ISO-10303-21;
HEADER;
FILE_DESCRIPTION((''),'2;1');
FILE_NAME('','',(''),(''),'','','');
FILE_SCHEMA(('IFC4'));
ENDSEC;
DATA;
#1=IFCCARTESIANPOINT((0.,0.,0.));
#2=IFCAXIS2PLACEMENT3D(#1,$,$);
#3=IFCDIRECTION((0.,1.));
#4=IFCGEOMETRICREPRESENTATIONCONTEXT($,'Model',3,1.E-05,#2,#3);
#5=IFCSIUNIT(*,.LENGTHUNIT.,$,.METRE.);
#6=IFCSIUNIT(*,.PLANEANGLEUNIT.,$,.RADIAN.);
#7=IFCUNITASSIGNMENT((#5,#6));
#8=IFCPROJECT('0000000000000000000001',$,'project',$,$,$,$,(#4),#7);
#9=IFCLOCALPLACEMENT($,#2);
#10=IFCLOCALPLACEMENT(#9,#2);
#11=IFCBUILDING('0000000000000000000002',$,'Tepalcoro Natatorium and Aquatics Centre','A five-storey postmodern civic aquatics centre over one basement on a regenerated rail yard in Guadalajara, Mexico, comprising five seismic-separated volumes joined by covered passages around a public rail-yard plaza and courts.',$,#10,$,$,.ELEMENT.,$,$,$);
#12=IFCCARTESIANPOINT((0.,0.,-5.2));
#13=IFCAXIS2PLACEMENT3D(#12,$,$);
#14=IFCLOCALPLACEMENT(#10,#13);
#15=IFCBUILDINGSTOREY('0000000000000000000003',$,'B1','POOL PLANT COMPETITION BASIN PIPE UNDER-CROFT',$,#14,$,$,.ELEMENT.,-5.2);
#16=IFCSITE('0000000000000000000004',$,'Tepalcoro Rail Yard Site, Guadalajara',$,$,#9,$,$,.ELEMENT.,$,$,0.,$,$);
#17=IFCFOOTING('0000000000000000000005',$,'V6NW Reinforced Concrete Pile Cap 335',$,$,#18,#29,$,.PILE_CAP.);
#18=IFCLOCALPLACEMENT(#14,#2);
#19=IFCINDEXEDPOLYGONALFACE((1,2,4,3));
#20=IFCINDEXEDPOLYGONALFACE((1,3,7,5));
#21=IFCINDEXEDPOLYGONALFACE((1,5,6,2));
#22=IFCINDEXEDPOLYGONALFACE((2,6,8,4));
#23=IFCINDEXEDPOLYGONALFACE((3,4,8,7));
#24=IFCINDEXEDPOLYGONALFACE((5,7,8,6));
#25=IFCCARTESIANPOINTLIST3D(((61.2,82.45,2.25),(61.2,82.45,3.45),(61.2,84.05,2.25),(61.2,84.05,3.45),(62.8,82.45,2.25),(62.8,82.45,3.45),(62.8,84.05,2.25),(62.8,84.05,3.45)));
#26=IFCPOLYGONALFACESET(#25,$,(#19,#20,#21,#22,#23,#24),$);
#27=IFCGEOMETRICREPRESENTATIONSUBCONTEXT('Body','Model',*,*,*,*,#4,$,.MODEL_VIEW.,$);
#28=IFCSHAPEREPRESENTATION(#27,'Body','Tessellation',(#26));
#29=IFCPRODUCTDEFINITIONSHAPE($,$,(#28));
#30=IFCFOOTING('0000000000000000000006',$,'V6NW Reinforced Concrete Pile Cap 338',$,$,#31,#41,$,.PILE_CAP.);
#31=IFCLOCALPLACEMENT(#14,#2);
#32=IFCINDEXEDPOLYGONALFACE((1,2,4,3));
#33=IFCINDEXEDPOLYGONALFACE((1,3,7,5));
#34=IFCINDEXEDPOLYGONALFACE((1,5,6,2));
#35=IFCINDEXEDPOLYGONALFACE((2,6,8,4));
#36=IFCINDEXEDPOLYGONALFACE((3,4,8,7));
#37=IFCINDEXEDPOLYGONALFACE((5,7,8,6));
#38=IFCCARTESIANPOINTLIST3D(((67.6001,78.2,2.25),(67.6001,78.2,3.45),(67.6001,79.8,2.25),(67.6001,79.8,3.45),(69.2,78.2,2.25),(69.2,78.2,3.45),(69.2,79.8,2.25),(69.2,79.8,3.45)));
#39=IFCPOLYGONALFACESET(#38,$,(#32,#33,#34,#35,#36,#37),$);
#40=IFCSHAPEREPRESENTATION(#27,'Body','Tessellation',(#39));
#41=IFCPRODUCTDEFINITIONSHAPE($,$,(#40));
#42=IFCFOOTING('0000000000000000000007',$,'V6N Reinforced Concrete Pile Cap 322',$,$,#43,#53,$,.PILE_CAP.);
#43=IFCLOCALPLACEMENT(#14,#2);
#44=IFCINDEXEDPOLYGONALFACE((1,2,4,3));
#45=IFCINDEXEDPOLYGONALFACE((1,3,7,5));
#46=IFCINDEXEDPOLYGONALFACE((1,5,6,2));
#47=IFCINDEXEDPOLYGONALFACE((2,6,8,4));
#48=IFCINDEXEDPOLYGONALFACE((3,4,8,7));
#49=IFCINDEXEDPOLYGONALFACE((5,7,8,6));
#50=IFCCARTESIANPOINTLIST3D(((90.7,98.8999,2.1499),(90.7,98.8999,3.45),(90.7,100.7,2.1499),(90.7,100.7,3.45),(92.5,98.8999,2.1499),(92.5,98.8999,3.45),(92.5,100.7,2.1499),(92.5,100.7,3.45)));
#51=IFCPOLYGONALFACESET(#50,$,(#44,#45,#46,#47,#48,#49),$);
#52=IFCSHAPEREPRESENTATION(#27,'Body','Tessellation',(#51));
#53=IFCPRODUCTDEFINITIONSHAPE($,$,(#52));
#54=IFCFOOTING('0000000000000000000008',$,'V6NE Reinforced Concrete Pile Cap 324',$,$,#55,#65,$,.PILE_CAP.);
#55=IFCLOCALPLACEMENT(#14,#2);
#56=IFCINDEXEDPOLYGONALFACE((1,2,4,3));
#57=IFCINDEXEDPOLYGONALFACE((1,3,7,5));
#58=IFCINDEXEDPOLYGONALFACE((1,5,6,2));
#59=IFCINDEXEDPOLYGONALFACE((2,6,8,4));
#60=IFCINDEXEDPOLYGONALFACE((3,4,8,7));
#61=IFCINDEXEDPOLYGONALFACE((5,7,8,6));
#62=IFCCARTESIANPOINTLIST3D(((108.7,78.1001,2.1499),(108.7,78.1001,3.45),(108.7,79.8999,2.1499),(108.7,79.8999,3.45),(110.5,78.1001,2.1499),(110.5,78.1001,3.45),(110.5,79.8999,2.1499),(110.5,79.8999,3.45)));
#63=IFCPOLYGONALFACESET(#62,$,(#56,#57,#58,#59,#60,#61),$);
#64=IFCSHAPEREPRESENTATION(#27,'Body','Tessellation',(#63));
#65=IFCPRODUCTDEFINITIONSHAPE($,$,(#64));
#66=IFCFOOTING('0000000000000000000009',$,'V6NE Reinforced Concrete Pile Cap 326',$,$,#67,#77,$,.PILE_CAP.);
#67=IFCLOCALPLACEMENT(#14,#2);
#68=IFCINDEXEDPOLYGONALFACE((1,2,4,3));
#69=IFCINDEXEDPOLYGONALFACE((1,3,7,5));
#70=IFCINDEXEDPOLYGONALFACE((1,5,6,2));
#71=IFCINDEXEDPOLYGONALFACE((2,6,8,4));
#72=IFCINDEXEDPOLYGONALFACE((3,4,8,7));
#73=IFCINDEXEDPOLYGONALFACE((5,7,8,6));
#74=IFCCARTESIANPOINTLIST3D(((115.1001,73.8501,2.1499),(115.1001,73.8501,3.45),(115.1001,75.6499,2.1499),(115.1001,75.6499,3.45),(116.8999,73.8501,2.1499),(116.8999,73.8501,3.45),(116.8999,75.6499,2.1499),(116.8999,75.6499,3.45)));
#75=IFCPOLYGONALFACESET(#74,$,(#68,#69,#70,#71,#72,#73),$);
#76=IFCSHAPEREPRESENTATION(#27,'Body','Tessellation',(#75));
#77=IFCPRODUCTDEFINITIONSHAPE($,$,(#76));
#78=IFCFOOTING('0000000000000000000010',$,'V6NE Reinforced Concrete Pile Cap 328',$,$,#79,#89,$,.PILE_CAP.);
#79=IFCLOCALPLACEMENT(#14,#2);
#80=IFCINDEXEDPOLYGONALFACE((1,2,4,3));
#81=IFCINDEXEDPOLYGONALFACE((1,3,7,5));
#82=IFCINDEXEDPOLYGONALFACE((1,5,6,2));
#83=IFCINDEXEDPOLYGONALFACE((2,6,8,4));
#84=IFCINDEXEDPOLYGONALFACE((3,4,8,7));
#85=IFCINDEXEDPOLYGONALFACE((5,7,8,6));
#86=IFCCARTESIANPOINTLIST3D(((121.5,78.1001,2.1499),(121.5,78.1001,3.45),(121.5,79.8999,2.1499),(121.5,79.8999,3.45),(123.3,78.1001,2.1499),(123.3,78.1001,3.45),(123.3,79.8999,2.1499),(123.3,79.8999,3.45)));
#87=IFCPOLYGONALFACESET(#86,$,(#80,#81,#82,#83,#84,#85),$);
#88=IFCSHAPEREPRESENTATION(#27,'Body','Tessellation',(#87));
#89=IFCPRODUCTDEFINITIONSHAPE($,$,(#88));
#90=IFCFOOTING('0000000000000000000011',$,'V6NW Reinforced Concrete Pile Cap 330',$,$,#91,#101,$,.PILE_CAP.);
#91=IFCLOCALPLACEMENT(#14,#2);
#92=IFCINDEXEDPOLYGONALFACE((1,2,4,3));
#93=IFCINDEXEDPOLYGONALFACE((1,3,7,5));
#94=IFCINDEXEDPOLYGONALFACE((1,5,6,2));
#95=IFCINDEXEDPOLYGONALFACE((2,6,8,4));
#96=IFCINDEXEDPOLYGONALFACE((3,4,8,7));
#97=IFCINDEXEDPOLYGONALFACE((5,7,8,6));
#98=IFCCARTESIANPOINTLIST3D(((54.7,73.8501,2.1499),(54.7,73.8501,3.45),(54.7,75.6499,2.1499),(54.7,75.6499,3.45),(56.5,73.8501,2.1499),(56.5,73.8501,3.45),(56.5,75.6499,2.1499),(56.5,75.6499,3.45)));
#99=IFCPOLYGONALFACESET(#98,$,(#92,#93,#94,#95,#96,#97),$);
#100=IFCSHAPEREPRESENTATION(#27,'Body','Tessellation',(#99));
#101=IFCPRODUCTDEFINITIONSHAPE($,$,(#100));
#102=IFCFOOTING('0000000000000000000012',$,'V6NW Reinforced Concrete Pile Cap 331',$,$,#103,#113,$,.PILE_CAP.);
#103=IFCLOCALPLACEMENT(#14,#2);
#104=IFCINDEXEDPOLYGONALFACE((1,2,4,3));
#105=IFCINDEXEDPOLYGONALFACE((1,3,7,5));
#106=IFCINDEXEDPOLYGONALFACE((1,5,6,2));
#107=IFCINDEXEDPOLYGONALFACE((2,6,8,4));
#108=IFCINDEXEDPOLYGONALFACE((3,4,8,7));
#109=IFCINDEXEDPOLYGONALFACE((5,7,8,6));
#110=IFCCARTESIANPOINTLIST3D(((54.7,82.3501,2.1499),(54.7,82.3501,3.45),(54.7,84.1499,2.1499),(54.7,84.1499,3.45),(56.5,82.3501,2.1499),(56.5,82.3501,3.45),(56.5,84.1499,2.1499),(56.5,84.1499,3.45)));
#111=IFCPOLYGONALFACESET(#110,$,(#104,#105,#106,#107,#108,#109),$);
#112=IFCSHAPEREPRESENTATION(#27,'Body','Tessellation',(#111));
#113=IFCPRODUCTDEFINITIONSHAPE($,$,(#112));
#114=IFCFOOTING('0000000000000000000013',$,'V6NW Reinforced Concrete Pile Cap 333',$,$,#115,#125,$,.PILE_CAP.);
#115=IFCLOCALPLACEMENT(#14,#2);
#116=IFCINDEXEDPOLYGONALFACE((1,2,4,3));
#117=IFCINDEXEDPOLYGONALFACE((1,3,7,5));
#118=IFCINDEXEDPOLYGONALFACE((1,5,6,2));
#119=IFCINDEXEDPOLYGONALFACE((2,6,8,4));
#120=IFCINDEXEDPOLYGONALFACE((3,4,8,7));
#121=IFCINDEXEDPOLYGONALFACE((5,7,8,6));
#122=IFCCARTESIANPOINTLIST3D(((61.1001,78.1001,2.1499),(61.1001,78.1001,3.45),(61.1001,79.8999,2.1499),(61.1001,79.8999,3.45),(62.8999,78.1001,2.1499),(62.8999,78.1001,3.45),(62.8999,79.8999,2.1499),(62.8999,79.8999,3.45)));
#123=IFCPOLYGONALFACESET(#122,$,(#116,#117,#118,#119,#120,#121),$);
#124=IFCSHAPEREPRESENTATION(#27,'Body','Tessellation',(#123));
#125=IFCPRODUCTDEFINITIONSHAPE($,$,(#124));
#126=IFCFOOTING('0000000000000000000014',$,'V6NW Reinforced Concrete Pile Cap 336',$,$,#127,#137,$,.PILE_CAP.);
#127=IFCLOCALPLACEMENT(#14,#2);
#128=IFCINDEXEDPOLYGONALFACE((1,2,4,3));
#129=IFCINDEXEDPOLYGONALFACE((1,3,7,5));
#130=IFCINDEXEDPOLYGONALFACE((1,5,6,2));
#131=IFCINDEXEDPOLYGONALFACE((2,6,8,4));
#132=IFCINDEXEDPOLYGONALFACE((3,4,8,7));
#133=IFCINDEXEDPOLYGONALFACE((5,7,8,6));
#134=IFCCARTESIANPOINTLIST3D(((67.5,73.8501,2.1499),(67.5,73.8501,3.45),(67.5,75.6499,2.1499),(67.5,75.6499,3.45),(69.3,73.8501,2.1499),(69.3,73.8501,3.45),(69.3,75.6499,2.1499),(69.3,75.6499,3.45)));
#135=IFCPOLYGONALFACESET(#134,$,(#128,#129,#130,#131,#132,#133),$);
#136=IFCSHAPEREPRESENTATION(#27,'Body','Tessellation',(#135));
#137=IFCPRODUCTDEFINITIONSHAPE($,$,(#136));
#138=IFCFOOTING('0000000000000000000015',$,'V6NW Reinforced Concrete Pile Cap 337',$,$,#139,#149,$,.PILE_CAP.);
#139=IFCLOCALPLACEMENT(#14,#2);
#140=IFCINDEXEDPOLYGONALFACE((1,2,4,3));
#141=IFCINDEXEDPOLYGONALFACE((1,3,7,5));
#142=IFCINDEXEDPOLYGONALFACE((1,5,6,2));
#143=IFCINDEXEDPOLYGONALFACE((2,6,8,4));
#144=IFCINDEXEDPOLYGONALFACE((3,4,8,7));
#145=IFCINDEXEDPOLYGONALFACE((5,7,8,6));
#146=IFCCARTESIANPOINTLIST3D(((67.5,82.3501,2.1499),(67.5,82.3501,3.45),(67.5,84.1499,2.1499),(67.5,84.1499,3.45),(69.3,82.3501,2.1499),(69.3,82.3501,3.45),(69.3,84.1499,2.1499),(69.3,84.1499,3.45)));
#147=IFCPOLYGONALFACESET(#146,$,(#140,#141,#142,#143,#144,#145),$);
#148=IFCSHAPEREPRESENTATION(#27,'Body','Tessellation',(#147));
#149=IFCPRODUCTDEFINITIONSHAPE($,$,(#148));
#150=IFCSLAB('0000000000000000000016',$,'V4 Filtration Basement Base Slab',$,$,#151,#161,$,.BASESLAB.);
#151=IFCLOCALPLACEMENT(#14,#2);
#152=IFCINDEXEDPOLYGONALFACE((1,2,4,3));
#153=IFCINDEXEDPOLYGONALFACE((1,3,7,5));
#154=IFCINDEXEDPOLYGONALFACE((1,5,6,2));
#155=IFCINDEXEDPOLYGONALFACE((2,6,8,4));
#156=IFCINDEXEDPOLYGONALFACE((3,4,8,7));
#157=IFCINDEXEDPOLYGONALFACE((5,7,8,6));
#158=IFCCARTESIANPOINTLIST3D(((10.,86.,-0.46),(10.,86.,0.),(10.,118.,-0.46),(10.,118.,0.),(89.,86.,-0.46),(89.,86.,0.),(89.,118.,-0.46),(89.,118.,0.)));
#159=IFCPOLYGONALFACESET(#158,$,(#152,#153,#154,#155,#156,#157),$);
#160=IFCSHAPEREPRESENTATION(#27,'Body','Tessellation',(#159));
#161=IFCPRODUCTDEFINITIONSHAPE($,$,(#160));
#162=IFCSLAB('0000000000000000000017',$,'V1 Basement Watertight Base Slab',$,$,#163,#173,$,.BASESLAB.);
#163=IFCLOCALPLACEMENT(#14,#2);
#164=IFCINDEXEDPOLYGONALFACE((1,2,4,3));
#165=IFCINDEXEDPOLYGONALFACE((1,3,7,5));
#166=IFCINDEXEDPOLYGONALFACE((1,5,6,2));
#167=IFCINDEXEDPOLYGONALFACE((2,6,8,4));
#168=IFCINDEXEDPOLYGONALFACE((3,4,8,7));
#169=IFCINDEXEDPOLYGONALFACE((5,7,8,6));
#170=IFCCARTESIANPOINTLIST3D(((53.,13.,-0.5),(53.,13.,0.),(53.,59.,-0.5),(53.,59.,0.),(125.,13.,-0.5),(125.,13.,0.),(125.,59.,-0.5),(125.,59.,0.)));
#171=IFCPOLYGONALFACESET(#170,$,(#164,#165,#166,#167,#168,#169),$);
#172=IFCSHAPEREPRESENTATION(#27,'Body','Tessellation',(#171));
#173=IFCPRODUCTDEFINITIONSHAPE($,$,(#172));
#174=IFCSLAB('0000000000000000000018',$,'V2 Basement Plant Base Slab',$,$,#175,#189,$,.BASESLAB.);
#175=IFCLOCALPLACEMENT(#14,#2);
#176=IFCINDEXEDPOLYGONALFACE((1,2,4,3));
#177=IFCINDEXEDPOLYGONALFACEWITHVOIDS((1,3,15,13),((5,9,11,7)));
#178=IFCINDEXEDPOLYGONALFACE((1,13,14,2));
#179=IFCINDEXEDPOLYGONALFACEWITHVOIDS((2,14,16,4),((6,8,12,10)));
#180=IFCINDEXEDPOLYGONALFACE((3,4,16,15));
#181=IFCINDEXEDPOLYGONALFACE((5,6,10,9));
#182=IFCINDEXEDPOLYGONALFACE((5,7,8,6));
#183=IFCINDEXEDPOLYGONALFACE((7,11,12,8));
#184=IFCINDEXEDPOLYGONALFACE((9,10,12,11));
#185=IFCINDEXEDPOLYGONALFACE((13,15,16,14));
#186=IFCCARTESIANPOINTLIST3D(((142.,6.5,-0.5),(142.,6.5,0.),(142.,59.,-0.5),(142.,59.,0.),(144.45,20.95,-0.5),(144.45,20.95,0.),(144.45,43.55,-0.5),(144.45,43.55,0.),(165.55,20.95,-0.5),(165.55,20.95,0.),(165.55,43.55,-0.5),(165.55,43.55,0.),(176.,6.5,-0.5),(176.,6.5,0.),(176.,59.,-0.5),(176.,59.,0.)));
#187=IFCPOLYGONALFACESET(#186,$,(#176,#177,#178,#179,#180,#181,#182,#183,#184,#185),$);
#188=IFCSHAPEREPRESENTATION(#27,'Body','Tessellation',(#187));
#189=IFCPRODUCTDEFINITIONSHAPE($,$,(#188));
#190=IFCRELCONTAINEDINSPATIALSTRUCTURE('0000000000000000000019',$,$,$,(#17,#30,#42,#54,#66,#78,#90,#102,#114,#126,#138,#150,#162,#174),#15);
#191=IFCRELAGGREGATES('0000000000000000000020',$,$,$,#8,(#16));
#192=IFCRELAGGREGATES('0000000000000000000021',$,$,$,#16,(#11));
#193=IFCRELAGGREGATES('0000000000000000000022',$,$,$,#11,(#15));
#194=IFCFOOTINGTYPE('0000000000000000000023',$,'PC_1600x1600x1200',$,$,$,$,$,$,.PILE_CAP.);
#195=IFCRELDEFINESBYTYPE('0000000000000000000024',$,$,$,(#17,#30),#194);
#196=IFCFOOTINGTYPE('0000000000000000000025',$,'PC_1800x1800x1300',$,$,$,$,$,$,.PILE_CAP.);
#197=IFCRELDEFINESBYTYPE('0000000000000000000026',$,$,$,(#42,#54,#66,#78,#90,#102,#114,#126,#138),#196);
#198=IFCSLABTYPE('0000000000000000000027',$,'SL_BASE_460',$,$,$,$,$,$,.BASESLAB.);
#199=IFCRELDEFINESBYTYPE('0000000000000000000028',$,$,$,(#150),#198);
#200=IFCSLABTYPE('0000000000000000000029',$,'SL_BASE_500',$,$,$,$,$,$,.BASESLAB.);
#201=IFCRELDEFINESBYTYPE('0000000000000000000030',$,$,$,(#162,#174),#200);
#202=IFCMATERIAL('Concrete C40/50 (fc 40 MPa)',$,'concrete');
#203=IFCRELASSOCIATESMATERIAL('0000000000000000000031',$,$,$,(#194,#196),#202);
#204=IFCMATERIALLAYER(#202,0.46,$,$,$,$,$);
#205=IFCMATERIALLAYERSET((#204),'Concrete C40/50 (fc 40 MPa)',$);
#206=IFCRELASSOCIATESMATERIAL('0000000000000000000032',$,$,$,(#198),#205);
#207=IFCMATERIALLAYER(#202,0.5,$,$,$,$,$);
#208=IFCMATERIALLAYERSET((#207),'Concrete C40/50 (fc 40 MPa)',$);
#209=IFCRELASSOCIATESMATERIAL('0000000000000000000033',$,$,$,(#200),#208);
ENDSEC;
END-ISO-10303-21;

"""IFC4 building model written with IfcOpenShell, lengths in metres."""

from ifc_helpers import new_model, si_unit, direction, frame, origin, place, context, subcontext, project, spatial, polyline, outline, extrude, material, layer, layer_set, type_object, element, save


model = new_model("IFC4")

# Units and contexts
model_context = context("Model", 3, precision=1e-05, world=origin(), true_north=direction((0.0, 1.0)))
body_context = subcontext(model_context, "Body", "Model", "MODEL_VIEW")
ifc_project = project(units=[si_unit("LENGTHUNIT", "METRE"), si_unit("PLANEANGLEUNIT", "RADIAN")], contexts=[model_context])

# Site, building, storey
site_placement = place(None, origin())
site = spatial("IfcSite", under=ifc_project, at=site_placement, Name="Tepalcoro Rail Yard Site, Guadalajara", CompositionType="ELEMENT", RefElevation=0.0)
building_placement = place(site_placement, origin())
building = spatial("IfcBuilding", under=site, at=building_placement, Name="Tepalcoro Natatorium and Aquatics Centre", Description="A five-storey postmodern civic aquatics centre over one basement on a regenerated rail yard in Guadalajara, Mexico, comprising five seismic-separated volumes joined by covered passages around a public rail-yard plaza and courts.", CompositionType="ELEMENT")
storey_placement = place(building_placement, frame((0.0, 0.0, -5.2)))
storey = spatial("IfcBuildingStorey", under=building, at=storey_placement, Name="B1", Description="POOL PLANT COMPETITION BASIN PIPE UNDER-CROFT", CompositionType="ELEMENT", Elevation=-5.2)

# Footings
ifc_material = material(Name="Concrete C40/50 (fc 40 MPa)", Category="concrete")
footing_type_1 = type_object("IfcFootingType", Name="PC_1600x1600x1200", PredefinedType="PILE_CAP", material=ifc_material)
footing_1_placement = place(storey_placement, frame((0.0, 0.0, 2.25)))
element("IfcFooting", 1, at=footing_1_placement, inside=storey, type_object=footing_type_1, Name="V6NW Reinforced Concrete Pile Cap 335", PredefinedType="PILE_CAP", context=body_context, shape_type="SweptSolid", body=[
    extrude(outline(polyline([(61.2, 82.45), (62.8, 82.45), (62.8, 84.05), (61.2, 84.05), (61.2, 82.45)])), origin(), (0.0, 0.0, 1.0), 1.2),
])
footing_2_placement = place(storey_placement, frame((0.0, 0.0, 2.25)))
element("IfcFooting", 2, at=footing_2_placement, inside=storey, type_object=footing_type_1, Name="V6NW Reinforced Concrete Pile Cap 338", PredefinedType="PILE_CAP", context=body_context, shape_type="SweptSolid", body=[
    extrude(outline(polyline([(67.6001, 78.2), (69.2, 78.2), (69.2, 79.8), (67.6001, 79.8), (67.6001, 78.2)])), origin(), (0.0, 0.0, 1.0), 1.2),
])
footing_type_2 = type_object("IfcFootingType", Name="PC_1800x1800x1300", PredefinedType="PILE_CAP", material=ifc_material)
footing_3_placement = place(storey_placement, frame((0.0, 0.0, 2.1499)))
element("IfcFooting", 3, at=footing_3_placement, inside=storey, type_object=footing_type_2, Name="V6N Reinforced Concrete Pile Cap 322", PredefinedType="PILE_CAP", context=body_context, shape_type="SweptSolid", body=[
    extrude(outline(polyline([(90.7, 98.8999), (92.5, 98.8999), (92.5, 100.7), (90.7, 100.7), (90.7, 98.8999)])), origin(), (0.0, 0.0, 1.0), 1.3),
])
footing_4_placement = place(storey_placement, frame((0.0, 0.0, 2.1499)))
element("IfcFooting", 4, at=footing_4_placement, inside=storey, type_object=footing_type_2, Name="V6NE Reinforced Concrete Pile Cap 324", PredefinedType="PILE_CAP", context=body_context, shape_type="SweptSolid", body=[
    extrude(outline(polyline([(108.7, 78.1001), (110.5, 78.1001), (110.5, 79.8999), (108.7, 79.8999), (108.7, 78.1001)])), origin(), (0.0, 0.0, 1.0), 1.3),
])
footing_5_placement = place(storey_placement, frame((0.0, 0.0, 2.1499)))
element("IfcFooting", 5, at=footing_5_placement, inside=storey, type_object=footing_type_2, Name="V6NE Reinforced Concrete Pile Cap 326", PredefinedType="PILE_CAP", context=body_context, shape_type="SweptSolid", body=[
    extrude(outline(polyline([(115.1001, 73.8501), (116.8999, 73.8501), (116.8999, 75.6499), (115.1001, 75.6499), (115.1001, 73.8501)])), origin(), (0.0, 0.0, 1.0), 1.3),
])
footing_6_placement = place(storey_placement, frame((0.0, 0.0, 2.1499)))
element("IfcFooting", 6, at=footing_6_placement, inside=storey, type_object=footing_type_2, Name="V6NE Reinforced Concrete Pile Cap 328", PredefinedType="PILE_CAP", context=body_context, shape_type="SweptSolid", body=[
    extrude(outline(polyline([(121.5, 78.1001), (123.3, 78.1001), (123.3, 79.8999), (121.5, 79.8999), (121.5, 78.1001)])), origin(), (0.0, 0.0, 1.0), 1.3),
])
footing_7_placement = place(storey_placement, frame((0.0, 0.0, 2.1499)))
element("IfcFooting", 7, at=footing_7_placement, inside=storey, type_object=footing_type_2, Name="V6NW Reinforced Concrete Pile Cap 330", PredefinedType="PILE_CAP", context=body_context, shape_type="SweptSolid", body=[
    extrude(outline(polyline([(54.7, 73.8501), (56.5, 73.8501), (56.5, 75.6499), (54.7, 75.6499), (54.7, 73.8501)])), origin(), (0.0, 0.0, 1.0), 1.3),
])
footing_8_placement = place(storey_placement, frame((0.0, 0.0, 2.1499)))
element("IfcFooting", 8, at=footing_8_placement, inside=storey, type_object=footing_type_2, Name="V6NW Reinforced Concrete Pile Cap 331", PredefinedType="PILE_CAP", context=body_context, shape_type="SweptSolid", body=[
    extrude(outline(polyline([(54.7, 82.3501), (56.5, 82.3501), (56.5, 84.1499), (54.7, 84.1499), (54.7, 82.3501)])), origin(), (0.0, 0.0, 1.0), 1.3),
])
footing_9_placement = place(storey_placement, frame((0.0, 0.0, 2.1499)))
element("IfcFooting", 9, at=footing_9_placement, inside=storey, type_object=footing_type_2, Name="V6NW Reinforced Concrete Pile Cap 333", PredefinedType="PILE_CAP", context=body_context, shape_type="SweptSolid", body=[
    extrude(outline(polyline([(61.1001, 78.1001), (62.8999, 78.1001), (62.8999, 79.8999), (61.1001, 79.8999), (61.1001, 78.1001)])), origin(), (0.0, 0.0, 1.0), 1.3),
])
footing_10_placement = place(storey_placement, frame((0.0, 0.0, 2.1499)))
element("IfcFooting", 10, at=footing_10_placement, inside=storey, type_object=footing_type_2, Name="V6NW Reinforced Concrete Pile Cap 336", PredefinedType="PILE_CAP", context=body_context, shape_type="SweptSolid", body=[
    extrude(outline(polyline([(67.5, 73.8501), (69.3, 73.8501), (69.3, 75.6499), (67.5, 75.6499), (67.5, 73.8501)])), origin(), (0.0, 0.0, 1.0), 1.3),
])
footing_11_placement = place(storey_placement, frame((0.0, 0.0, 2.1499)))
element("IfcFooting", 11, at=footing_11_placement, inside=storey, type_object=footing_type_2, Name="V6NW Reinforced Concrete Pile Cap 337", PredefinedType="PILE_CAP", context=body_context, shape_type="SweptSolid", body=[
    extrude(outline(polyline([(67.5, 82.3501), (69.3, 82.3501), (69.3, 84.1499), (67.5, 84.1499), (67.5, 82.3501)])), origin(), (0.0, 0.0, 1.0), 1.3),
])

# Slabs
ifc_layer_1 = layer(ifc_material, 0.46)
ifc_layer_set_1 = layer_set([ifc_layer_1], Name="Concrete C40/50 (fc 40 MPa)")
slab_type_1 = type_object("IfcSlabType", Name="SL_BASE_460", PredefinedType="BASESLAB", material=ifc_layer_set_1)
slab_1_placement = place(storey_placement, frame((0.0, 0.0, -0.46)))
element("IfcSlab", 12, at=slab_1_placement, inside=storey, type_object=slab_type_1, Name="V4 Filtration Basement Base Slab", PredefinedType="BASESLAB", context=body_context, shape_type="SweptSolid", body=[
    extrude(outline(polyline([(89.0, 86.0), (89.0, 118.0), (10.0, 118.0), (10.0, 86.0), (89.0, 86.0)])), origin(), (0.0, 0.0, 1.0), 0.46),
])
ifc_layer_2 = layer(ifc_material, 0.5)
ifc_layer_set_2 = layer_set([ifc_layer_2], Name="Concrete C40/50 (fc 40 MPa)")
slab_type_2 = type_object("IfcSlabType", Name="SL_BASE_500", PredefinedType="BASESLAB", material=ifc_layer_set_2)
slab_2_placement = place(storey_placement, frame((0.0, 0.0, -0.5)))
element("IfcSlab", 13, at=slab_2_placement, inside=storey, type_object=slab_type_2, Name="V1 Basement Watertight Base Slab", PredefinedType="BASESLAB", context=body_context, shape_type="SweptSolid", body=[
    extrude(outline(polyline([(125.0, 13.0), (125.0, 59.0), (53.0, 59.0), (53.0, 13.0), (125.0, 13.0)])), origin(), (0.0, 0.0, 1.0), 0.5),
])
slab_3_placement = place(storey_placement, frame((0.0, 0.0, -0.5)))
element("IfcSlab", 14, at=slab_3_placement, inside=storey, type_object=slab_type_2, Name="V2 Basement Plant Base Slab", PredefinedType="BASESLAB", context=body_context, shape_type="SweptSolid", body=[
    extrude(outline(polyline([(142.0, 6.5), (142.0, 59.0), (176.0, 59.0), (176.0, 6.5), (142.0, 6.5)]), holes=[polyline([(165.55, 43.55), (144.45, 43.55), (144.45, 20.95), (165.55, 20.95), (165.55, 43.55)])]), origin(), (0.0, 0.0, 1.0), 0.5),
])

save(model, "model.ifc")
